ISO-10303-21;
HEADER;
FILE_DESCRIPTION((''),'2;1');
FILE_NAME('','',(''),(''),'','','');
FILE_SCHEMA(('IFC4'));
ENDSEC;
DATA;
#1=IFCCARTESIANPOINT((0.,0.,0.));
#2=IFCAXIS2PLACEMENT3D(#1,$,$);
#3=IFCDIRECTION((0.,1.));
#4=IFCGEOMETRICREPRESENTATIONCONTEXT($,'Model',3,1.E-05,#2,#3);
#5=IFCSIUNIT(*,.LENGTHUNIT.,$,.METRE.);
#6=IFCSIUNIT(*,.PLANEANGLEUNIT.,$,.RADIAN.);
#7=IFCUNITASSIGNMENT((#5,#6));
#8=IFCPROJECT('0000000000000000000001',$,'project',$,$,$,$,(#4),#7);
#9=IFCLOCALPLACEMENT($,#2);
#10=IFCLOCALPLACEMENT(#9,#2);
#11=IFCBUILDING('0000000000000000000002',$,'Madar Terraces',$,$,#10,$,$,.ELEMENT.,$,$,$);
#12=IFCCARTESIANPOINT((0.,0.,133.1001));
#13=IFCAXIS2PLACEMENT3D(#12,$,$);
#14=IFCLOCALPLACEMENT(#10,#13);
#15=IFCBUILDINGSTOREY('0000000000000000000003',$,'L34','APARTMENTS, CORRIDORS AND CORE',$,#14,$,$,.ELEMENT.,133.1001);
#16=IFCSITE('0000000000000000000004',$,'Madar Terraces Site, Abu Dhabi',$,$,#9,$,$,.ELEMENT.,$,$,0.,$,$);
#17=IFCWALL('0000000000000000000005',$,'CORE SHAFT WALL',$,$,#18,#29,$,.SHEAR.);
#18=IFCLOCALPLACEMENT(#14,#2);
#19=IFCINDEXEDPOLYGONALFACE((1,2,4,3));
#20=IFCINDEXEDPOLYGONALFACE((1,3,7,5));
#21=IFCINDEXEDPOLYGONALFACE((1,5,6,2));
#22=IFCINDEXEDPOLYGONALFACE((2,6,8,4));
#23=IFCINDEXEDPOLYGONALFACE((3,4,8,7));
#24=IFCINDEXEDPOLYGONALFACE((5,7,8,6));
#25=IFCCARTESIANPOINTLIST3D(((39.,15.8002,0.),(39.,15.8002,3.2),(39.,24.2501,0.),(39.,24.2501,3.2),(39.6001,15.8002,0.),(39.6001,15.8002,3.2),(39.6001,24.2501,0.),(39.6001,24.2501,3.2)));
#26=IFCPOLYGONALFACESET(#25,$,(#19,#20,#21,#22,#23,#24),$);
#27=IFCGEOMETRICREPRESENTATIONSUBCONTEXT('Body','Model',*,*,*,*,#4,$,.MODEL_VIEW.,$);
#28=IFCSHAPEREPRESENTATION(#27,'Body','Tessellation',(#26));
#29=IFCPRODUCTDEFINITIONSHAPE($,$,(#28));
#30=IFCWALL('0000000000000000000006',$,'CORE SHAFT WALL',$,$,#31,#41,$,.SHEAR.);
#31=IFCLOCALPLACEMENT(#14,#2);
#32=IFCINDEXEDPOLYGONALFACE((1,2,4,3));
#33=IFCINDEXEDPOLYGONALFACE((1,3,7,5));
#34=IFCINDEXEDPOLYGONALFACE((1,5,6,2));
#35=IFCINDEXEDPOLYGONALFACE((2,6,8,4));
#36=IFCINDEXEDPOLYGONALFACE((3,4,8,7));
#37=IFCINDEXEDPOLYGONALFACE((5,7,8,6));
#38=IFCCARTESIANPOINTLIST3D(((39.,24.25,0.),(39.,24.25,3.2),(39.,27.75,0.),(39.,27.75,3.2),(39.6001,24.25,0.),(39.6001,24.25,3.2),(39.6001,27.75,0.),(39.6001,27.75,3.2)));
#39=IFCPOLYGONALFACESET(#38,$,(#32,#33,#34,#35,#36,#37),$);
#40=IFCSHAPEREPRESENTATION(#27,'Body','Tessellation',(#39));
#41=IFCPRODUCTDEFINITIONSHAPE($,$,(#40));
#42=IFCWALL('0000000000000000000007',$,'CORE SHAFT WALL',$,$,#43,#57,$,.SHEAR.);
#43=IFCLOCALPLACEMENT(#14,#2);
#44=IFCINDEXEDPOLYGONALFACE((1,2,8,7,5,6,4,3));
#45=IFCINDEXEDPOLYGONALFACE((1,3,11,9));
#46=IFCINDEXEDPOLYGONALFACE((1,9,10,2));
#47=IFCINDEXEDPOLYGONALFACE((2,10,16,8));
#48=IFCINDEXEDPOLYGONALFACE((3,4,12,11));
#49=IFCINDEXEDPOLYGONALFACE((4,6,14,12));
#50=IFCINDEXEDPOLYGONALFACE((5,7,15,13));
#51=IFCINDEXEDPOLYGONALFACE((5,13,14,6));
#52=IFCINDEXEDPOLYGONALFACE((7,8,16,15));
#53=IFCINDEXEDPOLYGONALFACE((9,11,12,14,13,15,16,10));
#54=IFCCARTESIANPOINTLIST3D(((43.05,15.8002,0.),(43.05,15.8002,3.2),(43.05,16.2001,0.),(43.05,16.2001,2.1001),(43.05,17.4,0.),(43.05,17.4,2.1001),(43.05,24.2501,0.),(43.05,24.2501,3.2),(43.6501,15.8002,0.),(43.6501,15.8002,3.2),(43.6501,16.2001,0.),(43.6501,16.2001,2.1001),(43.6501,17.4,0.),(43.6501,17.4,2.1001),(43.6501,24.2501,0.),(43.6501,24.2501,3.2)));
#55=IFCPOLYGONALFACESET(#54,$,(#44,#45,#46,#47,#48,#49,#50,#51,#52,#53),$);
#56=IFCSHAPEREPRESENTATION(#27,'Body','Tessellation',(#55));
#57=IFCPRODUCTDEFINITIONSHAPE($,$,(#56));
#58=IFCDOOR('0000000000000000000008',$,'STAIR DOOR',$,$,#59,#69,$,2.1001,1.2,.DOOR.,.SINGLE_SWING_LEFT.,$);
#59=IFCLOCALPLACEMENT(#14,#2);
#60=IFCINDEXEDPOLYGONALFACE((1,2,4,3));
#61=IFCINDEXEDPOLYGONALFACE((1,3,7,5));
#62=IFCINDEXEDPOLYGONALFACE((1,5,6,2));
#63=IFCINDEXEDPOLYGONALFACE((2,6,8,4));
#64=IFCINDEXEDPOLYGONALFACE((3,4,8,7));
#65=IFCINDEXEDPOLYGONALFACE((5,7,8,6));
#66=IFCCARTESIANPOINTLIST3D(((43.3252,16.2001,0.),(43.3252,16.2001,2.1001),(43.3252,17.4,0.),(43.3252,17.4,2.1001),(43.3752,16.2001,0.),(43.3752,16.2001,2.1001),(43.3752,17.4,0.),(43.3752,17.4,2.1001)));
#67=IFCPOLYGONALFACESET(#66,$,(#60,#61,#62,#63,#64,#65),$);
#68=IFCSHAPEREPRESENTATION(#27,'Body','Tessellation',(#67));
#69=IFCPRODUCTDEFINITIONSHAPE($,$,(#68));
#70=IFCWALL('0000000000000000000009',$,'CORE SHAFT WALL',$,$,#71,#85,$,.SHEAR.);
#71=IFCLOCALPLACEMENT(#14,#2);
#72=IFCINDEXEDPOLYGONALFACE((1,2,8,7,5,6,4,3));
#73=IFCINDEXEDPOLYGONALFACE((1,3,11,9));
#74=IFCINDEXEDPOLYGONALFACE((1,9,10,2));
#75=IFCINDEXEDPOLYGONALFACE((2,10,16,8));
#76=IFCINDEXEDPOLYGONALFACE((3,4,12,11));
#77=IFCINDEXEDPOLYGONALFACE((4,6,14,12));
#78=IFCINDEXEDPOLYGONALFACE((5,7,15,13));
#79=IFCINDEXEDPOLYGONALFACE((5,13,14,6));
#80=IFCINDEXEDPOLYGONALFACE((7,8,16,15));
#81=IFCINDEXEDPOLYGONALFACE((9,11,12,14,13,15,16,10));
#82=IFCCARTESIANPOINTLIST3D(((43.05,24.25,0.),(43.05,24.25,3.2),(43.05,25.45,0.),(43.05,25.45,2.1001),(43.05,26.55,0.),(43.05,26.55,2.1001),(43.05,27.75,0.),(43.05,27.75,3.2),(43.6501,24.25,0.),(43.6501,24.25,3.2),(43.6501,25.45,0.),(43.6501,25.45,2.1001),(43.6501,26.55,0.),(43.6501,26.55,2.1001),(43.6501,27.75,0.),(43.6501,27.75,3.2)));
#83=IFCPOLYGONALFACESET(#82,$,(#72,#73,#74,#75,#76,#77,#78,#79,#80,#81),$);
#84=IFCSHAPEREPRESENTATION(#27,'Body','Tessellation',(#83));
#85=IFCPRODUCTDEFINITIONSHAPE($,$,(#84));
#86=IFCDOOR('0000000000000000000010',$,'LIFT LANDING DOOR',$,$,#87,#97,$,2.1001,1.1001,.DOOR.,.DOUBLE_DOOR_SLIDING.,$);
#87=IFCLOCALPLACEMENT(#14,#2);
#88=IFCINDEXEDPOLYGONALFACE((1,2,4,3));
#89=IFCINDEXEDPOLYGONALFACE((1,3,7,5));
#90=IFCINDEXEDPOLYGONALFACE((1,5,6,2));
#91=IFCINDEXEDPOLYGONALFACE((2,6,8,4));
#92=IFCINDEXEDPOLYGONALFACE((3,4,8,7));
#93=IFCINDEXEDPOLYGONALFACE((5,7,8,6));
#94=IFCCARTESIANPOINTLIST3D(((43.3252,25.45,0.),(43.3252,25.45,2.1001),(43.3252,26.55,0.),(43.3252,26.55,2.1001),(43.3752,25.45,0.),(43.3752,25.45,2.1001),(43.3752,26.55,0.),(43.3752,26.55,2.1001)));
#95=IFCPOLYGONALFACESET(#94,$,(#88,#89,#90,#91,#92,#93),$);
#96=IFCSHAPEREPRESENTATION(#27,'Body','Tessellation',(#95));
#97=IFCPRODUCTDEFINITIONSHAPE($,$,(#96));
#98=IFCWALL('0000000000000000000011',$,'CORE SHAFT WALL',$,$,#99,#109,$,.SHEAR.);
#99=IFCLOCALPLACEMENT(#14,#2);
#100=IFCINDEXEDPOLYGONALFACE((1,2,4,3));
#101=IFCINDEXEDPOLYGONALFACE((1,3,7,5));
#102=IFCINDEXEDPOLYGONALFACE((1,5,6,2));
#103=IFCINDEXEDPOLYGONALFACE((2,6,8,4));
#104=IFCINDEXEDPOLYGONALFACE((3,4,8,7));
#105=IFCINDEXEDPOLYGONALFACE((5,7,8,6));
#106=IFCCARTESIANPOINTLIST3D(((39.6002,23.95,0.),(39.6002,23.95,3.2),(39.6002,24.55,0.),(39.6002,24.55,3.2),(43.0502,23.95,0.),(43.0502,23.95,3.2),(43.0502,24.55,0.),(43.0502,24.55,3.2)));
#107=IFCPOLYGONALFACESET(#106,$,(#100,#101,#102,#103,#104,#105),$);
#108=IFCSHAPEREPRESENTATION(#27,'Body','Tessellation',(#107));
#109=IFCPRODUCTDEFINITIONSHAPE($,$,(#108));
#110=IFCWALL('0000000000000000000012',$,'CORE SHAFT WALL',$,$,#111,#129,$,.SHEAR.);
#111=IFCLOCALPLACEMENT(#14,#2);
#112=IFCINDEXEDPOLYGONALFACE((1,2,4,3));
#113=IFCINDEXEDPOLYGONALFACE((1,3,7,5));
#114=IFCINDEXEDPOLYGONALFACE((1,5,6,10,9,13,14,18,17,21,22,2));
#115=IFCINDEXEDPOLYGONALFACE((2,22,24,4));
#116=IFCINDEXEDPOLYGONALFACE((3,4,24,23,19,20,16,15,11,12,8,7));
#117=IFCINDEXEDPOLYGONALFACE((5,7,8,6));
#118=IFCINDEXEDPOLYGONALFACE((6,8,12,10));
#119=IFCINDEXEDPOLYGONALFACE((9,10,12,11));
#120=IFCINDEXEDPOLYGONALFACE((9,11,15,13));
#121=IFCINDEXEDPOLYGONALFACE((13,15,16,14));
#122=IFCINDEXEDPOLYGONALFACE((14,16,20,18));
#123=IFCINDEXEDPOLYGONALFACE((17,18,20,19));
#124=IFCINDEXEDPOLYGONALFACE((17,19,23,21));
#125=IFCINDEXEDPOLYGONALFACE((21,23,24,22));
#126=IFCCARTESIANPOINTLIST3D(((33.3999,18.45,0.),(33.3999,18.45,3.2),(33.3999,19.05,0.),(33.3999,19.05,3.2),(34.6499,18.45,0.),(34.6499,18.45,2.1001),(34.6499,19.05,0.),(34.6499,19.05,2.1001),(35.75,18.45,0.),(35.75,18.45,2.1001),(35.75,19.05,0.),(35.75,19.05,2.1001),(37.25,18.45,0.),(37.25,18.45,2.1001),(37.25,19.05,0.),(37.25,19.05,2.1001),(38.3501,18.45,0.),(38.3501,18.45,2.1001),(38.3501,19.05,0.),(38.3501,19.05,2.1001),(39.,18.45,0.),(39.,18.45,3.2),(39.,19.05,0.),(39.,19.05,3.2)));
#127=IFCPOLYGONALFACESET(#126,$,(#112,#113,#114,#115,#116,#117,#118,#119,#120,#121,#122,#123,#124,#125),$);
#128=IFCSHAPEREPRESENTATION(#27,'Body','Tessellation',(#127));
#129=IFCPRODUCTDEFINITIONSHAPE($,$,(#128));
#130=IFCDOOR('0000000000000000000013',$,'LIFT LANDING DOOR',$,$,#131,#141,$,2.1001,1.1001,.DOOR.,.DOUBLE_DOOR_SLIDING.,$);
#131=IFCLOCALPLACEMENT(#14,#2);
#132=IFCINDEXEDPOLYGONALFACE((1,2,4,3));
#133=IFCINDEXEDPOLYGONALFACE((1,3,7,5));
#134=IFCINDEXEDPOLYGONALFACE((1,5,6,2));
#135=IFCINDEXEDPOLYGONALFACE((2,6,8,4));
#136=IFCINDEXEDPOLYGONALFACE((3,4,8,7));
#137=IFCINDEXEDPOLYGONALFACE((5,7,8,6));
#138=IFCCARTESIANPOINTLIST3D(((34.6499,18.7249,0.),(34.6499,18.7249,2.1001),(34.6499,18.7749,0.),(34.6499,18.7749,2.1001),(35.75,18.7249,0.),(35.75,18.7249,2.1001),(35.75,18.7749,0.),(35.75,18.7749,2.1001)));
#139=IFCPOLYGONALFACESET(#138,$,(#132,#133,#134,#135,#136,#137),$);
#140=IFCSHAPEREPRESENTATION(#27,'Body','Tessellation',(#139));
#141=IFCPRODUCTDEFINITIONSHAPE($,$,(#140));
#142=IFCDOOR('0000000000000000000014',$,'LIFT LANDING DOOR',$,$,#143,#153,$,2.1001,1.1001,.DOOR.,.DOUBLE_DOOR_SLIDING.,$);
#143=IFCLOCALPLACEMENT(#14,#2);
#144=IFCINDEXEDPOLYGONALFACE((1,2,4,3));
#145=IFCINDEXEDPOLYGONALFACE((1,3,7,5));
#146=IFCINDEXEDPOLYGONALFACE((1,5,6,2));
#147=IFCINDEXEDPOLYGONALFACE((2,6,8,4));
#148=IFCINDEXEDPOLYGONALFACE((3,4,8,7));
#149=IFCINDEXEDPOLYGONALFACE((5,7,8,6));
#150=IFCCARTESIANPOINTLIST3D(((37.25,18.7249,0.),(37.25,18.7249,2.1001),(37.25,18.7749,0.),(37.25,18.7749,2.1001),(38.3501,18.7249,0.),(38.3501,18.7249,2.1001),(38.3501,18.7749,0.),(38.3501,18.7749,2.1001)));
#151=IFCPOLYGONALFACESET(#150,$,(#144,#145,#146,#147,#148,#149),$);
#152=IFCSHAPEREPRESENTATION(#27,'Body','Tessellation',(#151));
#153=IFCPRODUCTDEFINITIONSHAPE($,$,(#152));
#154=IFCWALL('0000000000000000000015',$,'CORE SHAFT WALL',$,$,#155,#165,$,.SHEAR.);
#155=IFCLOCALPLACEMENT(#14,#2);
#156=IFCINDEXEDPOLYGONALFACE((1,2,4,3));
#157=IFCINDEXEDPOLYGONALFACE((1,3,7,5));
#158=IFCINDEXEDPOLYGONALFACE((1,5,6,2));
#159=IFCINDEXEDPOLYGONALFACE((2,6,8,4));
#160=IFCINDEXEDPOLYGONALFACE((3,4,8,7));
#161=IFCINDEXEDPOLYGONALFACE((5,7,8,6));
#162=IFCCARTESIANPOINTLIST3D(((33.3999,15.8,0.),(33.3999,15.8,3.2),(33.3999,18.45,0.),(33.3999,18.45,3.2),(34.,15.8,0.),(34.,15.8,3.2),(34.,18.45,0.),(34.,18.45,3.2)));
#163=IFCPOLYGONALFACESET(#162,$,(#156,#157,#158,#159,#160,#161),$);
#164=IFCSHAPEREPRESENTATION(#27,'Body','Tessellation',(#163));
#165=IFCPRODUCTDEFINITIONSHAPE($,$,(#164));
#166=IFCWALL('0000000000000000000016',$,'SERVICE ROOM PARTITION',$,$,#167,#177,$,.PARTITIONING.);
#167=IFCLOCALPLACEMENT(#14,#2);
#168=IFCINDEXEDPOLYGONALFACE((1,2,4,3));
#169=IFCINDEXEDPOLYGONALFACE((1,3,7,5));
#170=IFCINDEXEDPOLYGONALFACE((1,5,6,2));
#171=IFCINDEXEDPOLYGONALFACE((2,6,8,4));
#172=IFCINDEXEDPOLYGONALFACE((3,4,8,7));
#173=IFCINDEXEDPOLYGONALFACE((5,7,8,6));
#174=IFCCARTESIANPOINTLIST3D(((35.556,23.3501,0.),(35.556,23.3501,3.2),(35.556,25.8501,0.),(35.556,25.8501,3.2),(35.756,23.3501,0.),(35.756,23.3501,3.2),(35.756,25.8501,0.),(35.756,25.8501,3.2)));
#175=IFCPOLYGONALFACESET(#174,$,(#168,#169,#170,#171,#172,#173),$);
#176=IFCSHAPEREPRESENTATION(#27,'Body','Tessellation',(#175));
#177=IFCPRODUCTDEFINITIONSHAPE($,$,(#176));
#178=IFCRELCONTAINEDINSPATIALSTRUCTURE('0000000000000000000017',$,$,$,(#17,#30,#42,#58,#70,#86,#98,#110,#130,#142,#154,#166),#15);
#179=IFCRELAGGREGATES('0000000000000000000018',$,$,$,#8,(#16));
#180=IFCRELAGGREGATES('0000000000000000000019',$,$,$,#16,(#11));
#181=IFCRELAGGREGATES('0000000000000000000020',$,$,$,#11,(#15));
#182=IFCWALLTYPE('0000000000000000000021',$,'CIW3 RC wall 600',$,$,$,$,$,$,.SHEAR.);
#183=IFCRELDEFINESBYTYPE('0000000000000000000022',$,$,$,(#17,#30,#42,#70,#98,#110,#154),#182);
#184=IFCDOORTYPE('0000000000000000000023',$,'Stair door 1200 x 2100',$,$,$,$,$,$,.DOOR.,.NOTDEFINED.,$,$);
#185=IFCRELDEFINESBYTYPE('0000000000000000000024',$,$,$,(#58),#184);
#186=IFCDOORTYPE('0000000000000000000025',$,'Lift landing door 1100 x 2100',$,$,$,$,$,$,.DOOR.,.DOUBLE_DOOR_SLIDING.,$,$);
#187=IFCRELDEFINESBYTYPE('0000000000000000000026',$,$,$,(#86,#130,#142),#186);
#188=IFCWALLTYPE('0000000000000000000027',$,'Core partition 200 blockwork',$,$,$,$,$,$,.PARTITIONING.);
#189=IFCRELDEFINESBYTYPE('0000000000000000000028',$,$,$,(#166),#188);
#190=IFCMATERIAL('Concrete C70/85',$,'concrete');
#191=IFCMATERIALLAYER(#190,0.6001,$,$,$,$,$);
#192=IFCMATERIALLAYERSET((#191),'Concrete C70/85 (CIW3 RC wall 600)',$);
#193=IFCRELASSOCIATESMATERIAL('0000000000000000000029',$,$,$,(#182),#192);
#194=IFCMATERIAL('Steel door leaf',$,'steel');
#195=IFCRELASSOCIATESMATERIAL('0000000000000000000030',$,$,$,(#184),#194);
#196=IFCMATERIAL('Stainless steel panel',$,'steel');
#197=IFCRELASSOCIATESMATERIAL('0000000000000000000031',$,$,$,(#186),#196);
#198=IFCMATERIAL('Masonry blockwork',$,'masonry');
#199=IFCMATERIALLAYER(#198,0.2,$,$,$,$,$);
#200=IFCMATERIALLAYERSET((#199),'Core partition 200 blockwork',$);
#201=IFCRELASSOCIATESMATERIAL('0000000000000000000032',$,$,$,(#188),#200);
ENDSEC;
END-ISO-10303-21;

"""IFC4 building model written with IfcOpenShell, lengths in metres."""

from ifc_helpers import new_model, si_unit, direction, frame, frame_2d, origin, place, context, subcontext, project, spatial, rectangle, extrude, material, layer, layer_set, type_object, element, fill, save


model = new_model("IFC4")

# Units and contexts
model_context = context("Model", 3, precision=1e-05, world=origin(), true_north=direction((0.0, 1.0)))
body_context = subcontext(model_context, "Body", "Model", "MODEL_VIEW")
ifc_project = project(units=[si_unit("LENGTHUNIT", "METRE"), si_unit("PLANEANGLEUNIT", "RADIAN")], contexts=[model_context])

# Site, building, storey
site_placement = place(None, origin())
site = spatial("IfcSite", under=ifc_project, at=site_placement, Name="Madar Terraces Site, Abu Dhabi", CompositionType="ELEMENT", RefElevation=0.0)
building_placement = place(site_placement, origin())
building = spatial("IfcBuilding", under=site, at=building_placement, Name="Madar Terraces", CompositionType="ELEMENT")
storey_placement = place(building_placement, frame((0.0, 0.0, 133.1001)))
storey = spatial("IfcBuildingStorey", under=building, at=storey_placement, Name="L34", Description="APARTMENTS, CORRIDORS AND CORE", CompositionType="ELEMENT", Elevation=133.1001)

# Walls
ifc_material_1 = material(Name="Concrete C70/85", Category="concrete")
ifc_layer_1 = layer(ifc_material_1, 0.6001)
ifc_layer_set_1 = layer_set([ifc_layer_1], Name="Concrete C70/85 (CIW3 RC wall 600)")
wall_type_1 = type_object("IfcWallType", Name="CIW3 RC wall 600", PredefinedType="SHEAR", material=ifc_layer_set_1)
wall_1_placement = place(storey_placement, frame((39.3, 15.8, 0.0), z_axis=(0.0, 0.0, 1.0), x_axis=(0.0, 1.0, 0.0)))
element("IfcWall", 1, at=wall_1_placement, inside=storey, type_object=wall_type_1, Name="CORE SHAFT WALL", PredefinedType="SHEAR", context=body_context, shape_type="SweptSolid", body=[
    extrude(rectangle(XDim=8.45, YDim=0.6001, at=frame_2d((4.2251, 0.0))), origin(), (0.0, 0.0, 1.0), 3.2),
])
wall_2_placement = place(storey_placement, frame((39.3, 24.25, 0.0), z_axis=(0.0, 0.0, 1.0), x_axis=(0.0, 1.0, 0.0)))
element("IfcWall", 2, at=wall_2_placement, inside=storey, type_object=wall_type_1, Name="CORE SHAFT WALL", PredefinedType="SHEAR", context=body_context, shape_type="SweptSolid", body=[
    extrude(rectangle(XDim=3.5, YDim=0.6001, at=frame_2d((1.75, 0.0))), origin(), (0.0, 0.0, 1.0), 3.2),
])

# Walls, openings, doors
wall_3_placement = place(storey_placement, frame((43.3501, 15.8, 0.0), z_axis=(0.0, 0.0, 1.0), x_axis=(0.0, 1.0, 0.0)))
wall_3 = element("IfcWall", 3, at=wall_3_placement, inside=storey, type_object=wall_type_1, Name="CORE SHAFT WALL", PredefinedType="SHEAR", context=body_context, shape_type="SweptSolid", body=[
    extrude(rectangle(XDim=8.45, YDim=0.6001, at=frame_2d((4.2251, 0.0))), origin(), (0.0, 0.0, 1.0), 3.2),
])
opening_1_placement = place(wall_3_placement, frame((0.3999, 0.0, 0.0)))
opening_1 = element("IfcOpeningElement", 4, at=opening_1_placement, cuts=wall_3, PredefinedType="OPENING", context=body_context, shape_type="SweptSolid", body=[
    extrude(rectangle(XDim=1.2, YDim=2.1001, at=frame_2d((0.6001, 1.05))), frame((0.0, 0.3101, 0.0), z_axis=(0.0, -1.0, 0.0), x_axis=(1.0, 0.0, 0.0)), (0.0, 0.0, 1.0), 0.6201),
])
ifc_material_2 = material(Name="Steel door leaf", Category="steel")
door_type_1 = type_object("IfcDoorType", Name="Stair door 1200 x 2100", OperationType="NOTDEFINED", PredefinedType="DOOR", material=ifc_material_2)
door_1_placement = place(opening_1_placement, origin())
door_1 = element("IfcDoor", 5, at=door_1_placement, inside=storey, type_object=door_type_1, Name="STAIR DOOR", OperationType="SINGLE_SWING_LEFT", OverallHeight=2.1001, OverallWidth=1.2, PredefinedType="DOOR", context=body_context, shape_type="SweptSolid", body=[
    extrude(rectangle(XDim=1.2, YDim=2.1001, at=frame_2d((0.6001, 1.05))), frame((0.0, 0.0249, 0.0), z_axis=(0.0, -1.0, 0.0), x_axis=(1.0, 0.0, 0.0)), (0.0, 0.0, 1.0), 0.05),
])
fill(opening_1, door_1)
wall_4_placement = place(storey_placement, frame((43.3501, 24.25, 0.0), z_axis=(0.0, 0.0, 1.0), x_axis=(0.0, 1.0, 0.0)))
wall_4 = element("IfcWall", 6, at=wall_4_placement, inside=storey, type_object=wall_type_1, Name="CORE SHAFT WALL", PredefinedType="SHEAR", context=body_context, shape_type="SweptSolid", body=[
    extrude(rectangle(XDim=3.5, YDim=0.6001, at=frame_2d((1.75, 0.0))), origin(), (0.0, 0.0, 1.0), 3.2),
])
opening_2_placement = place(wall_4_placement, frame((1.2, 0.0, 0.0)))
opening_2 = element("IfcOpeningElement", 7, at=opening_2_placement, cuts=wall_4, PredefinedType="OPENING", context=body_context, shape_type="SweptSolid", body=[
    extrude(rectangle(XDim=1.1001, YDim=2.1001, at=frame_2d((0.55, 1.05))), frame((0.0, 0.3101, 0.0), z_axis=(0.0, -1.0, 0.0), x_axis=(1.0, 0.0, 0.0)), (0.0, 0.0, 1.0), 0.6201),
])
ifc_material_3 = material(Name="Stainless steel panel", Category="steel")
door_type_2 = type_object("IfcDoorType", Name="Lift landing door 1100 x 2100", OperationType="DOUBLE_DOOR_SLIDING", PredefinedType="DOOR", material=ifc_material_3)
door_2_placement = place(opening_2_placement, origin())
door_2 = element("IfcDoor", 8, at=door_2_placement, inside=storey, type_object=door_type_2, Name="LIFT LANDING DOOR", OperationType="DOUBLE_DOOR_SLIDING", OverallHeight=2.1001, OverallWidth=1.1001, PredefinedType="DOOR", context=body_context, shape_type="SweptSolid", body=[
    extrude(rectangle(XDim=1.1001, YDim=2.1001, at=frame_2d((0.55, 1.05))), frame((0.0, 0.0249, 0.0), z_axis=(0.0, -1.0, 0.0), x_axis=(1.0, 0.0, 0.0)), (0.0, 0.0, 1.0), 0.05),
])
fill(opening_2, door_2)

# Wall
wall_5_placement = place(storey_placement, frame((39.6001, 24.25, 0.0), z_axis=(0.0, 0.0, 1.0), x_axis=(1.0, 0.0, 0.0)))
element("IfcWall", 9, at=wall_5_placement, inside=storey, type_object=wall_type_1, Name="CORE SHAFT WALL", PredefinedType="SHEAR", context=body_context, shape_type="SweptSolid", body=[
    extrude(rectangle(XDim=3.45, YDim=0.6001, at=frame_2d((1.7251, 0.0))), origin(), (0.0, 0.0, 1.0), 3.2),
])

# Wall, openings, doors
wall_6_placement = place(storey_placement, frame((33.3999, 18.75, 0.0), z_axis=(0.0, 0.0, 1.0), x_axis=(1.0, 0.0, 0.0)))
wall_6 = element("IfcWall", 10, at=wall_6_placement, inside=storey, type_object=wall_type_1, Name="CORE SHAFT WALL", PredefinedType="SHEAR", context=body_context, shape_type="SweptSolid", body=[
    extrude(rectangle(XDim=5.6001, YDim=0.6001, at=frame_2d((2.8, 0.0))), origin(), (0.0, 0.0, 1.0), 3.2),
])
opening_3_placement = place(wall_6_placement, frame((1.25, 0.0, 0.0)))
opening_3 = element("IfcOpeningElement", 11, at=opening_3_placement, cuts=wall_6, PredefinedType="OPENING", context=body_context, shape_type="SweptSolid", body=[
    extrude(rectangle(XDim=1.1001, YDim=2.1001, at=frame_2d((0.55, 1.05))), frame((0.0, 0.3101, 0.0), z_axis=(0.0, -1.0, 0.0), x_axis=(1.0, 0.0, 0.0)), (0.0, 0.0, 1.0), 0.6201),
])
opening_4_placement = place(wall_6_placement, frame((3.8501, 0.0, 0.0)))
opening_4 = element("IfcOpeningElement", 12, at=opening_4_placement, cuts=wall_6, PredefinedType="OPENING", context=body_context, shape_type="SweptSolid", body=[
    extrude(rectangle(XDim=1.1001, YDim=2.1001, at=frame_2d((0.55, 1.05))), frame((0.0, 0.3101, 0.0), z_axis=(0.0, -1.0, 0.0), x_axis=(1.0, 0.0, 0.0)), (0.0, 0.0, 1.0), 0.6201),
])
door_3_placement = place(opening_3_placement, origin())
door_3 = element("IfcDoor", 13, at=door_3_placement, inside=storey, type_object=door_type_2, Name="LIFT LANDING DOOR", OperationType="DOUBLE_DOOR_SLIDING", OverallHeight=2.1001, OverallWidth=1.1001, PredefinedType="DOOR", context=body_context, shape_type="SweptSolid", body=[
    extrude(rectangle(XDim=1.1001, YDim=2.1001, at=frame_2d((0.55, 1.05))), frame((0.0, 0.0249, 0.0), z_axis=(0.0, -1.0, 0.0), x_axis=(1.0, 0.0, 0.0)), (0.0, 0.0, 1.0), 0.05),
])
fill(opening_3, door_3)
door_4_placement = place(opening_4_placement, origin())
door_4 = element("IfcDoor", 14, at=door_4_placement, inside=storey, type_object=door_type_2, Name="LIFT LANDING DOOR", OperationType="DOUBLE_DOOR_SLIDING", OverallHeight=2.1001, OverallWidth=1.1001, PredefinedType="DOOR", context=body_context, shape_type="SweptSolid", body=[
    extrude(rectangle(XDim=1.1001, YDim=2.1001, at=frame_2d((0.55, 1.05))), frame((0.0, 0.0249, 0.0), z_axis=(0.0, -1.0, 0.0), x_axis=(1.0, 0.0, 0.0)), (0.0, 0.0, 1.0), 0.05),
])
fill(opening_4, door_4)

# Walls
wall_7_placement = place(storey_placement, frame((33.7, 15.8, 0.0), z_axis=(0.0, 0.0, 1.0), x_axis=(0.0, 1.0, 0.0)))
element("IfcWall", 15, at=wall_7_placement, inside=storey, type_object=wall_type_1, Name="CORE SHAFT WALL", PredefinedType="SHEAR", context=body_context, shape_type="SweptSolid", body=[
    extrude(rectangle(XDim=2.6499, YDim=0.6001, at=frame_2d((1.325, 0.0))), origin(), (0.0, 0.0, 1.0), 3.2),
])
ifc_material_4 = material(Name="Masonry blockwork", Category="masonry")
ifc_layer_2 = layer(ifc_material_4, 0.2)
ifc_layer_set_2 = layer_set([ifc_layer_2], Name="Core partition 200 blockwork")
wall_type_2 = type_object("IfcWallType", Name="Core partition 200 blockwork", PredefinedType="PARTITIONING", material=ifc_layer_set_2)
wall_8_placement = place(storey_placement, frame((35.656, 23.3501, 0.0), z_axis=(0.0, 0.0, 1.0), x_axis=(0.0, 1.0, 0.0)))
element("IfcWall", 16, at=wall_8_placement, inside=storey, type_object=wall_type_2, Name="SERVICE ROOM PARTITION", PredefinedType="PARTITIONING", context=body_context, shape_type="SweptSolid", body=[
    extrude(rectangle(XDim=2.5, YDim=0.2, at=frame_2d((1.25, 0.0))), origin(), (0.0, 0.0, 1.0), 3.2),
])

save(model, "model.ifc")
